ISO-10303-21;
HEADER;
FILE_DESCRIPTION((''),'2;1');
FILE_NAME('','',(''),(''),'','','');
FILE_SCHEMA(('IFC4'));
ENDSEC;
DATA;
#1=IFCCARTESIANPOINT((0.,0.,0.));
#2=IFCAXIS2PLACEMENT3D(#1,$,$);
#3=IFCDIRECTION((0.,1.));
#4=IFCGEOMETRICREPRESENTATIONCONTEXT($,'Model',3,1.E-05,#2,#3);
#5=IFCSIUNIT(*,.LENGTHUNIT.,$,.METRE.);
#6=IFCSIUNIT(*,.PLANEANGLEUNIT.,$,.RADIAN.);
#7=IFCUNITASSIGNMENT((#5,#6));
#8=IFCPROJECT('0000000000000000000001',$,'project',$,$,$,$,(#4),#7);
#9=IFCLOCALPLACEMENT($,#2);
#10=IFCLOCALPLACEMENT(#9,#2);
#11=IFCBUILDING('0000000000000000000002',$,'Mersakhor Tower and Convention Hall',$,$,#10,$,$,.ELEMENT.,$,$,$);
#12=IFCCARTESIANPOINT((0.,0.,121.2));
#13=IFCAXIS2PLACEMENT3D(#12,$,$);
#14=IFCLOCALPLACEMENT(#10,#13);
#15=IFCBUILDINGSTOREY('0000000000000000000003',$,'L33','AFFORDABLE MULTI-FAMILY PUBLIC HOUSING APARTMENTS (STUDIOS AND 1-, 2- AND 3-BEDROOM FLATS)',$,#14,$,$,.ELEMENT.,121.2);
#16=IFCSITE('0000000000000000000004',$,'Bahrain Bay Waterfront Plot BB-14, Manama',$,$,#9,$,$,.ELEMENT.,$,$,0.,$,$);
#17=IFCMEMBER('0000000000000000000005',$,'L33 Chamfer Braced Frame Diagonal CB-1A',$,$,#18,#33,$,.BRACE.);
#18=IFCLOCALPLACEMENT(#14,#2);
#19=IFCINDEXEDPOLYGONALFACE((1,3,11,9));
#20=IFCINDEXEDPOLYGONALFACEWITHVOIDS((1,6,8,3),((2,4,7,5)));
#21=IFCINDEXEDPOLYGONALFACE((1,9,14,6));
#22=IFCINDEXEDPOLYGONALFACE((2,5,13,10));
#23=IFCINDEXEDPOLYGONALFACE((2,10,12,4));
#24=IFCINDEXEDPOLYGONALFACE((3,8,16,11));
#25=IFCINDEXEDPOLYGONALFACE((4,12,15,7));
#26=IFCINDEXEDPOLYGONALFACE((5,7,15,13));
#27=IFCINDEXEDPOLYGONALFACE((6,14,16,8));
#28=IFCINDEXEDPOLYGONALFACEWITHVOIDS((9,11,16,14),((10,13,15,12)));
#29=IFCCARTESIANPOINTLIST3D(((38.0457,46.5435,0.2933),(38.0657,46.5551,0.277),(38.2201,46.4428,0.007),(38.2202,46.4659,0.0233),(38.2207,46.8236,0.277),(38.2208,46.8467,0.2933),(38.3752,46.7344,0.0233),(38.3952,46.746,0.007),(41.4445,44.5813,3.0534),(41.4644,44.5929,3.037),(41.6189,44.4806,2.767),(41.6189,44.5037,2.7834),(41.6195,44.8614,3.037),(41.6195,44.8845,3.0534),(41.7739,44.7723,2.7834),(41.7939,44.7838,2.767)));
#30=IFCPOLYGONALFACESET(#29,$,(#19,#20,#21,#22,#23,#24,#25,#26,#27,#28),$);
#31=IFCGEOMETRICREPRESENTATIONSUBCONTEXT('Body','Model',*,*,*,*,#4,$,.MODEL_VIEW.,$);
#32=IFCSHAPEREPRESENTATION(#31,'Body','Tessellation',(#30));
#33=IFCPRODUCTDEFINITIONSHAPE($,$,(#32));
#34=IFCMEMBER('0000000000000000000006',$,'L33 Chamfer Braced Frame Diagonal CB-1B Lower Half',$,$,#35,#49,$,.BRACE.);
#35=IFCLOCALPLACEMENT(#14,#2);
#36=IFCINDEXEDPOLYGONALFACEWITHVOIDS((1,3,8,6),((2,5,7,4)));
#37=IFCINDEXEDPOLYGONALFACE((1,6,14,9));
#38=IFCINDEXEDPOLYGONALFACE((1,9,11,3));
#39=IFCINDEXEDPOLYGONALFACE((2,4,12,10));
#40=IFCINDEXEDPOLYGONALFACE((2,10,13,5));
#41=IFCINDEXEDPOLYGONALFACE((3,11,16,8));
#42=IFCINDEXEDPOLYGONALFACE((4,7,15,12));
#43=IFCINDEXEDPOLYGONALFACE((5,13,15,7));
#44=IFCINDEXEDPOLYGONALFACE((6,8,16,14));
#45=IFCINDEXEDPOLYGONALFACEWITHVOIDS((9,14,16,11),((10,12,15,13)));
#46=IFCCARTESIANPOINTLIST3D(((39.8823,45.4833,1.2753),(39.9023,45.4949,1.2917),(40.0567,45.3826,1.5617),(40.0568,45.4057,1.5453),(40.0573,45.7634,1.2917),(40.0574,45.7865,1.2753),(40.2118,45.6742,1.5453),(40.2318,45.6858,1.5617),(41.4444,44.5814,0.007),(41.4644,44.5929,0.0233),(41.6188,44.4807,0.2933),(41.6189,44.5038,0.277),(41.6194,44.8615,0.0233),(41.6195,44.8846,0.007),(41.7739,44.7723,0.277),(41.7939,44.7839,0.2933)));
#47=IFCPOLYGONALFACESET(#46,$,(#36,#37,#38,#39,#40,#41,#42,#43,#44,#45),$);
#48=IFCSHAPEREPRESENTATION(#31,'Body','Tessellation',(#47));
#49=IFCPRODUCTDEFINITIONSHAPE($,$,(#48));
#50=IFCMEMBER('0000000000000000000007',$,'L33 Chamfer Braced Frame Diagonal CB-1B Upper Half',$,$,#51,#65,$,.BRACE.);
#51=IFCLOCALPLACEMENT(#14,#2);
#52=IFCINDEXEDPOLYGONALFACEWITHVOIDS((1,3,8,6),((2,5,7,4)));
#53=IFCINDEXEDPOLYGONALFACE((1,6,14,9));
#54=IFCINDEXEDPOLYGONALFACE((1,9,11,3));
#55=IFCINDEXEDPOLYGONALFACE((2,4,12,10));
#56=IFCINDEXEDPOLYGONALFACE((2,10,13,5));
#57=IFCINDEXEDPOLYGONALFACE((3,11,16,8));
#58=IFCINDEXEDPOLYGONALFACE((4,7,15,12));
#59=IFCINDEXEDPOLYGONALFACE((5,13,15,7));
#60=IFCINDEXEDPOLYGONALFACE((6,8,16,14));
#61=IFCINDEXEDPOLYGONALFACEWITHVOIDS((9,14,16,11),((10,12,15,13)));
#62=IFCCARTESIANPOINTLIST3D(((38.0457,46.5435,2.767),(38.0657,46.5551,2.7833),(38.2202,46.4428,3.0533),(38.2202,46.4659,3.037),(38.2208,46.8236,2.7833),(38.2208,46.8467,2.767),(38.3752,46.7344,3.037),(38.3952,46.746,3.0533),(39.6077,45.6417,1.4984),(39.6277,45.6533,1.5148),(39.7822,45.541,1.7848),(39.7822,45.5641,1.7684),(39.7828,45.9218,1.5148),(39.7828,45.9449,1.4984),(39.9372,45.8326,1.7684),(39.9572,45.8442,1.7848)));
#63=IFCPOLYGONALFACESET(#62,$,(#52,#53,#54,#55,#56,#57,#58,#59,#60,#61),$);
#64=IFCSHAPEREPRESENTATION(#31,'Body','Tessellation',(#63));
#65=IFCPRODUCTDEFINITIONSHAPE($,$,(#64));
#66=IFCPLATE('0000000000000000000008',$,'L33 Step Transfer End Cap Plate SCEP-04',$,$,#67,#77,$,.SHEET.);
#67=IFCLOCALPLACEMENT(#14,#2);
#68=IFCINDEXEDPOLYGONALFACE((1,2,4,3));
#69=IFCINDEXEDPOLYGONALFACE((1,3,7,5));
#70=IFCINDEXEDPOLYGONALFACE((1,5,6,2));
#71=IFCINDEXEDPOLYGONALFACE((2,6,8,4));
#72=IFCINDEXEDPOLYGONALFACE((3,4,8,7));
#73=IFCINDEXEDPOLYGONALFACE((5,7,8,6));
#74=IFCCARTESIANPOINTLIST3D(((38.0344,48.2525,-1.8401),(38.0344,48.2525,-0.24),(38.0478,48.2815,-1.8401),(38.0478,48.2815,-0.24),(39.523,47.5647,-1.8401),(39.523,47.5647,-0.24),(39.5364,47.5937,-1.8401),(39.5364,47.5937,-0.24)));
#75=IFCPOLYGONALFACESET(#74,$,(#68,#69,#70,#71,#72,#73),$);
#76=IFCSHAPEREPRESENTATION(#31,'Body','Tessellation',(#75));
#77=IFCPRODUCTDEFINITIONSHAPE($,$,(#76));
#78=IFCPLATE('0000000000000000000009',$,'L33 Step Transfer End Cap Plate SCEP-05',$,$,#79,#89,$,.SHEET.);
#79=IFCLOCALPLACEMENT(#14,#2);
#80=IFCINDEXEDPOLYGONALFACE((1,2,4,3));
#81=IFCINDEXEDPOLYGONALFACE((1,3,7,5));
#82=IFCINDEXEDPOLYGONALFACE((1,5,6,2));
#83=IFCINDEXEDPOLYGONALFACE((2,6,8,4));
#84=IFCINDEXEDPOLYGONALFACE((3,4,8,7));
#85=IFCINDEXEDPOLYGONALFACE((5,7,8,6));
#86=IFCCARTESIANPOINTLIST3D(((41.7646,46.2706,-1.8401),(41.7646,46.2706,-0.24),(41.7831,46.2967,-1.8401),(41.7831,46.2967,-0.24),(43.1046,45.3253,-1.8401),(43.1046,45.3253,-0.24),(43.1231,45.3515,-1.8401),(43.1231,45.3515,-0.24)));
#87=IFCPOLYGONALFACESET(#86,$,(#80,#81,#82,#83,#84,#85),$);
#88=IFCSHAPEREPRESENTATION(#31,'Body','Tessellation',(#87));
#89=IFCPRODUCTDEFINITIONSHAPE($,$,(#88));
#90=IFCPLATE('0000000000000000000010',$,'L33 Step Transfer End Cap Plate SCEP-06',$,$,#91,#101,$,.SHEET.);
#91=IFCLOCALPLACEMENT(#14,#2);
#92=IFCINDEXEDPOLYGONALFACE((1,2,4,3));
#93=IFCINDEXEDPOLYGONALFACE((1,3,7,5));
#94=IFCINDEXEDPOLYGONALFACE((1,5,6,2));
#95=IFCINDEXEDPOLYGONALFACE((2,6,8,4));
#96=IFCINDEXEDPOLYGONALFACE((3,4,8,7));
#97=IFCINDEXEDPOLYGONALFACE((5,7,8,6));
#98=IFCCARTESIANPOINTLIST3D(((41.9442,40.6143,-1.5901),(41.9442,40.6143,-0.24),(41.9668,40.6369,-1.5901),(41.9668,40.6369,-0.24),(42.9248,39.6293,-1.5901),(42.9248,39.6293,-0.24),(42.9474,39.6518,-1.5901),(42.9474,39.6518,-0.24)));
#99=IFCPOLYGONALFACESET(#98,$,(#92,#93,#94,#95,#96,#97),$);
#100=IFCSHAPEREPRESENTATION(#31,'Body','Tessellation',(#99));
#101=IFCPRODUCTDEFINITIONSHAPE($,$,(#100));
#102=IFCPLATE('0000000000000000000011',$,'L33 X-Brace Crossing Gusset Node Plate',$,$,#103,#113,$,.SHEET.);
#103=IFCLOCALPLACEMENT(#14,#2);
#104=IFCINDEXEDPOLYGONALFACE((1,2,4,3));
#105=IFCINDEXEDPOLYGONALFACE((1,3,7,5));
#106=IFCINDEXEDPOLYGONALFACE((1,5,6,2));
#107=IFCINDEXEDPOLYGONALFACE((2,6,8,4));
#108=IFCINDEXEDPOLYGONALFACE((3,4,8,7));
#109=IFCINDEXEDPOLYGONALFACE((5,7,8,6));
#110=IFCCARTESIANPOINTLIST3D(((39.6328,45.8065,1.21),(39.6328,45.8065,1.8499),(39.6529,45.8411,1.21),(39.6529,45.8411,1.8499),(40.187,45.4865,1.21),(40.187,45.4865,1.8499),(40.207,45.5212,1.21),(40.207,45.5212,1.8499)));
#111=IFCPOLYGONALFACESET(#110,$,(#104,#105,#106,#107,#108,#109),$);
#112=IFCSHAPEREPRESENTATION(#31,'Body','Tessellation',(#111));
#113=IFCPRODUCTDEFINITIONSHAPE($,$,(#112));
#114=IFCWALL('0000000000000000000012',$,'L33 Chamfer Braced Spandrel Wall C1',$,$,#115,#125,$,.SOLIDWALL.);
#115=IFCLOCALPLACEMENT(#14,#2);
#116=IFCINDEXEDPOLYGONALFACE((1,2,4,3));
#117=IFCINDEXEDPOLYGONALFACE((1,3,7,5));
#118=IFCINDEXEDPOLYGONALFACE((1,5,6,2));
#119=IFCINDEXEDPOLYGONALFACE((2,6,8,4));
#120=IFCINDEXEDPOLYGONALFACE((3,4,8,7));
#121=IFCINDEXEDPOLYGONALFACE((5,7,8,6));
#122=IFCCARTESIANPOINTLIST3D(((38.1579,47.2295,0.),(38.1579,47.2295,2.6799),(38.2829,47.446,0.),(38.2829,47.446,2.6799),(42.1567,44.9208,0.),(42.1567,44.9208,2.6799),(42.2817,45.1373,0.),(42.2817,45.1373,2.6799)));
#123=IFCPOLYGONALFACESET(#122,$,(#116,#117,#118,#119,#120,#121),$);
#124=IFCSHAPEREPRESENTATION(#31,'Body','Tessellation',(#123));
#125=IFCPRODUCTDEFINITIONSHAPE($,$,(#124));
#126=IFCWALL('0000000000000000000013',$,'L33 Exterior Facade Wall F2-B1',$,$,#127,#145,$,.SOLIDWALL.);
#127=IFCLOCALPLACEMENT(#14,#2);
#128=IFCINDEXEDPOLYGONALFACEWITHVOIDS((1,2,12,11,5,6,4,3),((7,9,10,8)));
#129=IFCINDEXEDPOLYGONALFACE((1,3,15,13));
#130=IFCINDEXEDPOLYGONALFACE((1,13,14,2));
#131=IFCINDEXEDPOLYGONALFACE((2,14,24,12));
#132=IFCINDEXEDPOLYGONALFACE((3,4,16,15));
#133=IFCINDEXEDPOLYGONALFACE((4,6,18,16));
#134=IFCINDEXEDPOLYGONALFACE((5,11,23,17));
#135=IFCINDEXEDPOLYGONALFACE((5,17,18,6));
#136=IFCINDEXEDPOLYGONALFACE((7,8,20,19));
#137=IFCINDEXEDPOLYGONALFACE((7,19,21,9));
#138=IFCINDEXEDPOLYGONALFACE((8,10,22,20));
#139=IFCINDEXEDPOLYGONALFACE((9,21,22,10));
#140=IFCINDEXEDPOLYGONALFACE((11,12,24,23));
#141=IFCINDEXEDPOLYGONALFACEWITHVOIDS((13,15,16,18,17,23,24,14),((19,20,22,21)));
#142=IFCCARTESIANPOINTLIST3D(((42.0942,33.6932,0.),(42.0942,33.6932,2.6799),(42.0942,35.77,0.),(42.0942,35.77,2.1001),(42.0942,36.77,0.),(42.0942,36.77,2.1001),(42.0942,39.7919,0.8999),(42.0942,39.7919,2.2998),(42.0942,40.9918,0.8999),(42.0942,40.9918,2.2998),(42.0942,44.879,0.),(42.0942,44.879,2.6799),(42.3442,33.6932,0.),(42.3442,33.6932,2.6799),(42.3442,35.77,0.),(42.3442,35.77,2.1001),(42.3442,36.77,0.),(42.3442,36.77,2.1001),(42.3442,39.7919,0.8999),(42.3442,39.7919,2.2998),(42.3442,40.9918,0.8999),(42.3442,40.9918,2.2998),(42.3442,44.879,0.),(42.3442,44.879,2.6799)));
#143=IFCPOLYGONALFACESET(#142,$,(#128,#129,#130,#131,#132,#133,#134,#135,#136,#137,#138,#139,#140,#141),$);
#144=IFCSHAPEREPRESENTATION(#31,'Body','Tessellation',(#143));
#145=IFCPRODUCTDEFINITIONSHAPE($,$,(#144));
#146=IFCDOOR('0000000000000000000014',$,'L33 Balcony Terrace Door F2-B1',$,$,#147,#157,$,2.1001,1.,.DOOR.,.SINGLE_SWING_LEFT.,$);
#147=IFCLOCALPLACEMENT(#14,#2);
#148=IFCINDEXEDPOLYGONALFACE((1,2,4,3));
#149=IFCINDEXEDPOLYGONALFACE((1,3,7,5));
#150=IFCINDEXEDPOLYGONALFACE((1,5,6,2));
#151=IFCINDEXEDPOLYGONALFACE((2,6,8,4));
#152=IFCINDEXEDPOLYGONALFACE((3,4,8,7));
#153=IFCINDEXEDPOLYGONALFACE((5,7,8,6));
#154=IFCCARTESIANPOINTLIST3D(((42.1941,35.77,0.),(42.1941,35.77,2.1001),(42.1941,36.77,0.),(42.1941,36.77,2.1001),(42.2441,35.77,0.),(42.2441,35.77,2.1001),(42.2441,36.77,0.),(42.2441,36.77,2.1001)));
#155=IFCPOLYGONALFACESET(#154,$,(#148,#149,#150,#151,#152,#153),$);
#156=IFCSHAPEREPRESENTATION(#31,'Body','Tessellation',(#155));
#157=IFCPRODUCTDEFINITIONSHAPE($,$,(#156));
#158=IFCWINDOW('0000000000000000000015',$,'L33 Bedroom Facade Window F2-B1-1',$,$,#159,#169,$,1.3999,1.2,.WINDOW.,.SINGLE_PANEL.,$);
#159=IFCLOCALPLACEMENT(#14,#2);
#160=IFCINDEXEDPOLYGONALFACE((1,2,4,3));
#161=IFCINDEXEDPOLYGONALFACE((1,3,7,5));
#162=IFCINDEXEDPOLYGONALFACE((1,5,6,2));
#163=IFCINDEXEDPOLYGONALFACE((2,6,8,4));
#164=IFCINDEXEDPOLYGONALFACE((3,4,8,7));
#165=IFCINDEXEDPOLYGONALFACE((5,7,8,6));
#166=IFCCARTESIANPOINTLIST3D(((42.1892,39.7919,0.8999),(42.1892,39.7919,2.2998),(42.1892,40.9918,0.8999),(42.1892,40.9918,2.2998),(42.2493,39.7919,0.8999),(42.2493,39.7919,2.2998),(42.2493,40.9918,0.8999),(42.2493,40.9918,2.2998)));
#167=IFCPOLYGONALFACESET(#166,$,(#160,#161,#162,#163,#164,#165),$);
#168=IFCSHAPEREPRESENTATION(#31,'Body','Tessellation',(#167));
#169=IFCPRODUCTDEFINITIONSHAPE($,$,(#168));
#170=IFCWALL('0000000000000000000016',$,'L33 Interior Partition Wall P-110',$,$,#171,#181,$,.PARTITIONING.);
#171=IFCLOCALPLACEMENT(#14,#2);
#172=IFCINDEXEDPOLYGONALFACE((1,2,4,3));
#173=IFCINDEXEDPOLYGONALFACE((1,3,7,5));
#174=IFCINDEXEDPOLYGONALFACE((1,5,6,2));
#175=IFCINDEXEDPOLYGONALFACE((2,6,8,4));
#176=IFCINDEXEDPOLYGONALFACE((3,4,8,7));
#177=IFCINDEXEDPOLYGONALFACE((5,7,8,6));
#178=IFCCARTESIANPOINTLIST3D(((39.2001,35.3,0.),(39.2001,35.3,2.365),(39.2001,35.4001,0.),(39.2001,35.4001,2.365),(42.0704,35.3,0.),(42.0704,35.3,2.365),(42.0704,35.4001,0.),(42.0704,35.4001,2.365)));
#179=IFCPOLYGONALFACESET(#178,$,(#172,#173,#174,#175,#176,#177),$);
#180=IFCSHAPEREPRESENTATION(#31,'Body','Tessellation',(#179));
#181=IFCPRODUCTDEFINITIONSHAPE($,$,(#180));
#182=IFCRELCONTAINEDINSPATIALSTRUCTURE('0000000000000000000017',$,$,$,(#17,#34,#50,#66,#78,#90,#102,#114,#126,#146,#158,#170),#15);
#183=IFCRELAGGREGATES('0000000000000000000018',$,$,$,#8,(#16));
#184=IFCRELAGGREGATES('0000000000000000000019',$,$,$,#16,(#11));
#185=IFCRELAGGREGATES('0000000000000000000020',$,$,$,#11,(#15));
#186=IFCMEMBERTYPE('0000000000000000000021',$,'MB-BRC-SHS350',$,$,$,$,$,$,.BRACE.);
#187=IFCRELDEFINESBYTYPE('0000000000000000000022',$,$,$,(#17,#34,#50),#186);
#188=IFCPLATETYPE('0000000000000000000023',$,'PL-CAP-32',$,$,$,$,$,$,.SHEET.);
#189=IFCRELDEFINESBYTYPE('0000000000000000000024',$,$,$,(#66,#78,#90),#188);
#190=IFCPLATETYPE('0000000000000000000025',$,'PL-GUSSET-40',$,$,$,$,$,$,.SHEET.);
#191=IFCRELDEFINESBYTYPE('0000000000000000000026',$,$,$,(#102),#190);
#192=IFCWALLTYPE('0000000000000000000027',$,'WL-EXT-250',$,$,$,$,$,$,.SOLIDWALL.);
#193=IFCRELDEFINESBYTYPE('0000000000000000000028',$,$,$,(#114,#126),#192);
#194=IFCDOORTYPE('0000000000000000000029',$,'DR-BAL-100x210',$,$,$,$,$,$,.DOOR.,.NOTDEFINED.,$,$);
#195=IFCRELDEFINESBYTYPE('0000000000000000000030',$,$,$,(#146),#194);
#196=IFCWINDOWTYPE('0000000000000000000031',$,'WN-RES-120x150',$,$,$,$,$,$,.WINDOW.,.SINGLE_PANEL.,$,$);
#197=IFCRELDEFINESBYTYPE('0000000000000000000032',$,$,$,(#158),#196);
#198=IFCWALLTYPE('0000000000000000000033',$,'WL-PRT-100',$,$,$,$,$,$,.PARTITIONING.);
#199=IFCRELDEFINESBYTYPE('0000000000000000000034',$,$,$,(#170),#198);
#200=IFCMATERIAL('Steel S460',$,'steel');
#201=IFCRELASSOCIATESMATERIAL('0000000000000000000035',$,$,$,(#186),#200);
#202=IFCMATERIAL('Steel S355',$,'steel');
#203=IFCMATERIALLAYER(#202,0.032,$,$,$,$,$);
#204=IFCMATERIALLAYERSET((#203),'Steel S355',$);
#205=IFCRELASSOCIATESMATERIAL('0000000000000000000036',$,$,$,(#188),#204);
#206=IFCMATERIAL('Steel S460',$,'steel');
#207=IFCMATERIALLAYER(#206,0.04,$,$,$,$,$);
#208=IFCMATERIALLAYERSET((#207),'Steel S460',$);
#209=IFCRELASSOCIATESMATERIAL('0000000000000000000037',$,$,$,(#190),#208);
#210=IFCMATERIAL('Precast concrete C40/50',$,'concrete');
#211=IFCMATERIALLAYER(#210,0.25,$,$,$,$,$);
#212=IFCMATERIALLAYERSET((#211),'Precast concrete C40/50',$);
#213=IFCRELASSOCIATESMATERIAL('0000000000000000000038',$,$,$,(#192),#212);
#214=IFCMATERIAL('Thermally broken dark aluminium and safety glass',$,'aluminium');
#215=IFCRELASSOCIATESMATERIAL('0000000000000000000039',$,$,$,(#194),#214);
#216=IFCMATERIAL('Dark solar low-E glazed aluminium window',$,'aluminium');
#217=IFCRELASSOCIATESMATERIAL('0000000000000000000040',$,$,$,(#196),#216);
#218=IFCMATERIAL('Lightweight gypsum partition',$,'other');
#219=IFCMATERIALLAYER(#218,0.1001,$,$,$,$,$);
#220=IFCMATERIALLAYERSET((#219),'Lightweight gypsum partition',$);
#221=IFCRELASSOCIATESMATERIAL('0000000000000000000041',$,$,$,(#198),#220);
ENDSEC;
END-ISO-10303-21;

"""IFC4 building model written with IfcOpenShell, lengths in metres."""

from ifc_helpers import new_model, si_unit, direction, frame, frame_2d, origin, origin_2d, place, context, subcontext, project, spatial, rectangle, hollow_rectangle, extrude, material, layer, layer_set, material_profile, profile_set, type_object, element, fill, save


model = new_model("IFC4")

# Units and contexts
model_context = context("Model", 3, precision=1e-05, world=origin(), true_north=direction((0.0, 1.0)))
body_context = subcontext(model_context, "Body", "Model", "MODEL_VIEW")
ifc_project = project(units=[si_unit("LENGTHUNIT", "METRE"), si_unit("PLANEANGLEUNIT", "RADIAN")], contexts=[model_context])

# Site, building, storey
site_placement = place(None, origin())
site = spatial("IfcSite", under=ifc_project, at=site_placement, Name="Bahrain Bay Waterfront Plot BB-14, Manama", CompositionType="ELEMENT", RefElevation=0.0)
building_placement = place(site_placement, origin())
building = spatial("IfcBuilding", under=site, at=building_placement, Name="Mersakhor Tower and Convention Hall", CompositionType="ELEMENT")
storey_placement = place(building_placement, frame((0.0, 0.0, 121.2)))
storey = spatial("IfcBuildingStorey", under=building, at=storey_placement, Name="L33", Description="AFFORDABLE MULTI-FAMILY PUBLIC HOUSING APARTMENTS (STUDIOS AND 1-, 2- AND 3-BEDROOM FLATS)", CompositionType="ELEMENT", Elevation=121.2)

# Members
ifc_material_1 = material(Name="Steel S460", Category="steel")
ifc_material_profile_1 = material_profile(ifc_material_1, hollow_rectangle(XDim=0.3501, YDim=0.3501, WallThickness=0.02, at=origin_2d()), Name="SHS 350x350x20")
ifc_profile_set_1 = profile_set([ifc_material_profile_1], Name="Steel S460")
member_type = type_object("IfcMemberType", Name="MB-BRC-SHS350", PredefinedType="BRACE", material=ifc_profile_set_1)
member_placement = place(storey_placement, frame((38.2205, 46.6448, 0.1501), z_axis=(0.708385, -0.408972, 0.575267), x_axis=(0.499986, 0.866033, 0.0)))
element("IfcMember", 1, at=member_placement, inside=storey, type_object=member_type, Name="L33 Chamfer Braced Frame Diagonal CB-1A", PredefinedType="BRACE", context=body_context, shape_type="SweptSolid", body=[
    extrude(hollow_rectangle(XDim=0.3501, YDim=0.3501, WallThickness=0.02, at=origin_2d()), origin(), (0.0, 0.0, 1.0), 4.7979),
])
for number, where, z_axis, x_axis, name in (
    (2, (41.6191, 44.6826, 0.1501), (-0.708409, 0.409013, 0.575209), (-0.500011, -0.866019, 0.0), "L33 Chamfer Braced Frame Diagonal CB-1B Lower Half"),
    (3, (39.7825, 45.7429, 1.6416), (-0.708364, 0.408987, 0.575283), (-0.500011, -0.866019, 0.0), "L33 Chamfer Braced Frame Diagonal CB-1B Upper Half"),
):
    element("IfcMember", number, at=place(storey_placement, frame(where, z_axis=z_axis, x_axis=x_axis)), inside=storey, type_object=member_type, Name=name, PredefinedType="BRACE", context=body_context, shape_type="SweptSolid", body=[
        extrude(hollow_rectangle(XDim=0.3501, YDim=0.3501, WallThickness=0.02, at=origin_2d()), origin(), (0.0, 0.0, 1.0), 2.2051),
    ])

# Plates
ifc_material_2 = material(Name="Steel S355", Category="steel")
ifc_layer_1 = layer(ifc_material_2, 0.032)
ifc_layer_set_1 = layer_set([ifc_layer_1], Name="Steel S355")
plate_type_1 = type_object("IfcPlateType", Name="PL-CAP-32", PredefinedType="SHEET", material=ifc_layer_set_1)
for number, where, z_axis, x_axis, name in (
    (4, (38.7854, 47.9231, -1.8401), (0.0, 0.0, 1.0), (-0.419452, -0.907777, 0.0), "L33 Step Transfer End Cap Plate SCEP-04"),
    (5, (42.4438, 45.811, -1.8401), (0.0, 0.0, 1.0), (-0.576432, -0.817145, 0.0), "L33 Step Transfer End Cap Plate SCEP-05"),
):
    element("IfcPlate", number, at=place(storey_placement, frame(where, z_axis=z_axis, x_axis=x_axis)), inside=storey, type_object=plate_type_1, Name=name, PredefinedType="SHEET", context=body_context, shape_type="SweptSolid", body=[
        extrude(rectangle(XDim=0.032, YDim=1.6399, at=origin_2d()), origin(), (0.0, 0.0, 1.0), 1.6001),
    ])
plate_1_placement = place(storey_placement, frame((42.4458, 40.1331, -1.5901), z_axis=(0.0, 0.0, 1.0), x_axis=(-0.708709, -0.705501, 0.0)))
element("IfcPlate", 6, at=plate_1_placement, inside=storey, type_object=plate_type_1, Name="L33 Step Transfer End Cap Plate SCEP-06", PredefinedType="SHEET", context=body_context, shape_type="SweptSolid", body=[
    extrude(rectangle(XDim=0.032, YDim=1.3899, at=origin_2d()), origin(), (0.0, 0.0, 1.0), 1.3501),
])
ifc_material_3 = material(Name="Steel S460", Category="steel")
ifc_layer_2 = layer(ifc_material_3, 0.04)
ifc_layer_set_2 = layer_set([ifc_layer_2], Name="Steel S460")
plate_type_2 = type_object("IfcPlateType", Name="PL-GUSSET-40", PredefinedType="SHEET", material=ifc_layer_set_2)
plate_2_placement = place(storey_placement, frame((39.9199, 45.6638, 1.21), z_axis=(0.0, 0.0, 1.0), x_axis=(-0.866025, 0.5, 0.0)))
element("IfcPlate", 7, at=plate_2_placement, inside=storey, type_object=plate_type_2, Name="L33 X-Brace Crossing Gusset Node Plate", PredefinedType="SHEET", context=body_context, shape_type="SweptSolid", body=[
    extrude(rectangle(XDim=0.6399, YDim=0.04, at=origin_2d()), origin(), (0.0, 0.0, 1.0), 0.6399),
])

# Wall
ifc_material_4 = material(Name="Precast concrete C40/50", Category="concrete")
ifc_layer_3 = layer(ifc_material_4, 0.25)
ifc_layer_set_3 = layer_set([ifc_layer_3], Name="Precast concrete C40/50")
wall_type_1 = type_object("IfcWallType", Name="WL-EXT-250", PredefinedType="SOLIDWALL", material=ifc_layer_set_3)
wall_1_placement = place(storey_placement, frame((38.2205, 47.3376, 0.0), z_axis=(0.0, 0.0, 1.0), x_axis=(0.866035, -0.499983, 0.0)))
element("IfcWall", 8, at=wall_1_placement, inside=storey, type_object=wall_type_1, Name="L33 Chamfer Braced Spandrel Wall C1", PredefinedType="SOLIDWALL", context=body_context, shape_type="SweptSolid", body=[
    extrude(rectangle(XDim=4.6174, YDim=0.25, at=frame_2d((2.3086, 0.0))), origin(), (0.0, 0.0, 1.0), 2.6799),
])

# Wall, openings, door, window
wall_2_placement = place(storey_placement, frame((42.2192, 44.8789, 0.0), z_axis=(0.0, 0.0, 1.0), x_axis=(0.0, -1.0, 0.0)))
wall_2 = element("IfcWall", 9, at=wall_2_placement, inside=storey, type_object=wall_type_1, Name="L33 Exterior Facade Wall F2-B1", PredefinedType="SOLIDWALL", context=body_context, shape_type="SweptSolid", body=[
    extrude(rectangle(XDim=11.1858, YDim=0.25, at=frame_2d((5.5928, 0.0))), origin(), (0.0, 0.0, 1.0), 2.6799),
])
opening_1_placement = place(wall_2_placement, frame((8.1089, 0.0, 0.0)))
opening_1 = element("IfcOpeningElement", 10, at=opening_1_placement, cuts=wall_2, PredefinedType="OPENING", context=body_context, shape_type="SweptSolid", body=[
    extrude(rectangle(XDim=1.0, YDim=2.1001, at=frame_2d((0.5, 1.05))), frame((0.0, 0.135, 0.0), z_axis=(0.0, -1.0, 0.0), x_axis=(1.0, 0.0, 0.0)), (0.0, 0.0, 1.0), 0.27),
])
opening_2_placement = place(wall_2_placement, frame((3.887, 0.0, 0.8999)))
opening_2 = element("IfcOpeningElement", 11, at=opening_2_placement, cuts=wall_2, PredefinedType="OPENING", context=body_context, shape_type="SweptSolid", body=[
    extrude(rectangle(XDim=1.2, YDim=1.3999, at=frame_2d((0.6001, 0.7))), frame((0.0, 0.135, 0.0), z_axis=(0.0, -1.0, 0.0), x_axis=(1.0, 0.0, 0.0)), (0.0, 0.0, 1.0), 0.27),
])
ifc_material_5 = material(Name="Thermally broken dark aluminium and safety glass", Category="aluminium")
door_type = type_object("IfcDoorType", Name="DR-BAL-100x210", OperationType="NOTDEFINED", PredefinedType="DOOR", material=ifc_material_5)
door_placement = place(opening_1_placement, origin())
door = element("IfcDoor", 12, at=door_placement, inside=storey, type_object=door_type, Name="L33 Balcony Terrace Door F2-B1", OperationType="SINGLE_SWING_LEFT", OverallHeight=2.1001, OverallWidth=1.0, PredefinedType="DOOR", context=body_context, shape_type="SweptSolid", body=[
    extrude(rectangle(XDim=1.0, YDim=2.1001, at=frame_2d((0.5, 1.05))), frame((0.0, 0.0249, 0.0), z_axis=(0.0, -1.0, 0.0), x_axis=(1.0, 0.0, 0.0)), (0.0, 0.0, 1.0), 0.05),
])
fill(opening_1, door)
ifc_material_6 = material(Name="Dark solar low-E glazed aluminium window", Category="aluminium")
window_type = type_object("IfcWindowType", Name="WN-RES-120x150", PartitioningType="SINGLE_PANEL", PredefinedType="WINDOW", material=ifc_material_6)
window_placement = place(opening_2_placement, origin())
window = element("IfcWindow", 13, at=window_placement, inside=storey, type_object=window_type, Name="L33 Bedroom Facade Window F2-B1-1", OverallHeight=1.3999, OverallWidth=1.2, PartitioningType="SINGLE_PANEL", PredefinedType="WINDOW", context=body_context, shape_type="SweptSolid", body=[
    extrude(rectangle(XDim=1.2, YDim=1.3999, at=frame_2d((0.6001, 0.7))), frame((0.0, 0.03, 0.0), z_axis=(0.0, -1.0, 0.0), x_axis=(1.0, 0.0, 0.0)), (0.0, 0.0, 1.0), 0.0601),
])
fill(opening_2, window)

# Wall
ifc_material_7 = material(Name="Lightweight gypsum partition", Category="other")
ifc_layer_4 = layer(ifc_material_7, 0.1001)
ifc_layer_set_4 = layer_set([ifc_layer_4], Name="Lightweight gypsum partition")
wall_type_2 = type_object("IfcWallType", Name="WL-PRT-100", PredefinedType="PARTITIONING", material=ifc_layer_set_4)
wall_3_placement = place(storey_placement, frame((42.0703, 35.3501, 0.0), z_axis=(0.0, 0.0, 1.0), x_axis=(-1.0, 0.0, 0.0)))
element("IfcWall", 14, at=wall_3_placement, inside=storey, type_object=wall_type_2, Name="L33 Interior Partition Wall P-110", PredefinedType="PARTITIONING", context=body_context, shape_type="SweptSolid", body=[
    extrude(rectangle(XDim=2.8704, YDim=0.1001, at=frame_2d((1.4351, 0.0))), origin(), (0.0, 0.0, 1.0), 2.365),
])

save(model, "model.ifc")
